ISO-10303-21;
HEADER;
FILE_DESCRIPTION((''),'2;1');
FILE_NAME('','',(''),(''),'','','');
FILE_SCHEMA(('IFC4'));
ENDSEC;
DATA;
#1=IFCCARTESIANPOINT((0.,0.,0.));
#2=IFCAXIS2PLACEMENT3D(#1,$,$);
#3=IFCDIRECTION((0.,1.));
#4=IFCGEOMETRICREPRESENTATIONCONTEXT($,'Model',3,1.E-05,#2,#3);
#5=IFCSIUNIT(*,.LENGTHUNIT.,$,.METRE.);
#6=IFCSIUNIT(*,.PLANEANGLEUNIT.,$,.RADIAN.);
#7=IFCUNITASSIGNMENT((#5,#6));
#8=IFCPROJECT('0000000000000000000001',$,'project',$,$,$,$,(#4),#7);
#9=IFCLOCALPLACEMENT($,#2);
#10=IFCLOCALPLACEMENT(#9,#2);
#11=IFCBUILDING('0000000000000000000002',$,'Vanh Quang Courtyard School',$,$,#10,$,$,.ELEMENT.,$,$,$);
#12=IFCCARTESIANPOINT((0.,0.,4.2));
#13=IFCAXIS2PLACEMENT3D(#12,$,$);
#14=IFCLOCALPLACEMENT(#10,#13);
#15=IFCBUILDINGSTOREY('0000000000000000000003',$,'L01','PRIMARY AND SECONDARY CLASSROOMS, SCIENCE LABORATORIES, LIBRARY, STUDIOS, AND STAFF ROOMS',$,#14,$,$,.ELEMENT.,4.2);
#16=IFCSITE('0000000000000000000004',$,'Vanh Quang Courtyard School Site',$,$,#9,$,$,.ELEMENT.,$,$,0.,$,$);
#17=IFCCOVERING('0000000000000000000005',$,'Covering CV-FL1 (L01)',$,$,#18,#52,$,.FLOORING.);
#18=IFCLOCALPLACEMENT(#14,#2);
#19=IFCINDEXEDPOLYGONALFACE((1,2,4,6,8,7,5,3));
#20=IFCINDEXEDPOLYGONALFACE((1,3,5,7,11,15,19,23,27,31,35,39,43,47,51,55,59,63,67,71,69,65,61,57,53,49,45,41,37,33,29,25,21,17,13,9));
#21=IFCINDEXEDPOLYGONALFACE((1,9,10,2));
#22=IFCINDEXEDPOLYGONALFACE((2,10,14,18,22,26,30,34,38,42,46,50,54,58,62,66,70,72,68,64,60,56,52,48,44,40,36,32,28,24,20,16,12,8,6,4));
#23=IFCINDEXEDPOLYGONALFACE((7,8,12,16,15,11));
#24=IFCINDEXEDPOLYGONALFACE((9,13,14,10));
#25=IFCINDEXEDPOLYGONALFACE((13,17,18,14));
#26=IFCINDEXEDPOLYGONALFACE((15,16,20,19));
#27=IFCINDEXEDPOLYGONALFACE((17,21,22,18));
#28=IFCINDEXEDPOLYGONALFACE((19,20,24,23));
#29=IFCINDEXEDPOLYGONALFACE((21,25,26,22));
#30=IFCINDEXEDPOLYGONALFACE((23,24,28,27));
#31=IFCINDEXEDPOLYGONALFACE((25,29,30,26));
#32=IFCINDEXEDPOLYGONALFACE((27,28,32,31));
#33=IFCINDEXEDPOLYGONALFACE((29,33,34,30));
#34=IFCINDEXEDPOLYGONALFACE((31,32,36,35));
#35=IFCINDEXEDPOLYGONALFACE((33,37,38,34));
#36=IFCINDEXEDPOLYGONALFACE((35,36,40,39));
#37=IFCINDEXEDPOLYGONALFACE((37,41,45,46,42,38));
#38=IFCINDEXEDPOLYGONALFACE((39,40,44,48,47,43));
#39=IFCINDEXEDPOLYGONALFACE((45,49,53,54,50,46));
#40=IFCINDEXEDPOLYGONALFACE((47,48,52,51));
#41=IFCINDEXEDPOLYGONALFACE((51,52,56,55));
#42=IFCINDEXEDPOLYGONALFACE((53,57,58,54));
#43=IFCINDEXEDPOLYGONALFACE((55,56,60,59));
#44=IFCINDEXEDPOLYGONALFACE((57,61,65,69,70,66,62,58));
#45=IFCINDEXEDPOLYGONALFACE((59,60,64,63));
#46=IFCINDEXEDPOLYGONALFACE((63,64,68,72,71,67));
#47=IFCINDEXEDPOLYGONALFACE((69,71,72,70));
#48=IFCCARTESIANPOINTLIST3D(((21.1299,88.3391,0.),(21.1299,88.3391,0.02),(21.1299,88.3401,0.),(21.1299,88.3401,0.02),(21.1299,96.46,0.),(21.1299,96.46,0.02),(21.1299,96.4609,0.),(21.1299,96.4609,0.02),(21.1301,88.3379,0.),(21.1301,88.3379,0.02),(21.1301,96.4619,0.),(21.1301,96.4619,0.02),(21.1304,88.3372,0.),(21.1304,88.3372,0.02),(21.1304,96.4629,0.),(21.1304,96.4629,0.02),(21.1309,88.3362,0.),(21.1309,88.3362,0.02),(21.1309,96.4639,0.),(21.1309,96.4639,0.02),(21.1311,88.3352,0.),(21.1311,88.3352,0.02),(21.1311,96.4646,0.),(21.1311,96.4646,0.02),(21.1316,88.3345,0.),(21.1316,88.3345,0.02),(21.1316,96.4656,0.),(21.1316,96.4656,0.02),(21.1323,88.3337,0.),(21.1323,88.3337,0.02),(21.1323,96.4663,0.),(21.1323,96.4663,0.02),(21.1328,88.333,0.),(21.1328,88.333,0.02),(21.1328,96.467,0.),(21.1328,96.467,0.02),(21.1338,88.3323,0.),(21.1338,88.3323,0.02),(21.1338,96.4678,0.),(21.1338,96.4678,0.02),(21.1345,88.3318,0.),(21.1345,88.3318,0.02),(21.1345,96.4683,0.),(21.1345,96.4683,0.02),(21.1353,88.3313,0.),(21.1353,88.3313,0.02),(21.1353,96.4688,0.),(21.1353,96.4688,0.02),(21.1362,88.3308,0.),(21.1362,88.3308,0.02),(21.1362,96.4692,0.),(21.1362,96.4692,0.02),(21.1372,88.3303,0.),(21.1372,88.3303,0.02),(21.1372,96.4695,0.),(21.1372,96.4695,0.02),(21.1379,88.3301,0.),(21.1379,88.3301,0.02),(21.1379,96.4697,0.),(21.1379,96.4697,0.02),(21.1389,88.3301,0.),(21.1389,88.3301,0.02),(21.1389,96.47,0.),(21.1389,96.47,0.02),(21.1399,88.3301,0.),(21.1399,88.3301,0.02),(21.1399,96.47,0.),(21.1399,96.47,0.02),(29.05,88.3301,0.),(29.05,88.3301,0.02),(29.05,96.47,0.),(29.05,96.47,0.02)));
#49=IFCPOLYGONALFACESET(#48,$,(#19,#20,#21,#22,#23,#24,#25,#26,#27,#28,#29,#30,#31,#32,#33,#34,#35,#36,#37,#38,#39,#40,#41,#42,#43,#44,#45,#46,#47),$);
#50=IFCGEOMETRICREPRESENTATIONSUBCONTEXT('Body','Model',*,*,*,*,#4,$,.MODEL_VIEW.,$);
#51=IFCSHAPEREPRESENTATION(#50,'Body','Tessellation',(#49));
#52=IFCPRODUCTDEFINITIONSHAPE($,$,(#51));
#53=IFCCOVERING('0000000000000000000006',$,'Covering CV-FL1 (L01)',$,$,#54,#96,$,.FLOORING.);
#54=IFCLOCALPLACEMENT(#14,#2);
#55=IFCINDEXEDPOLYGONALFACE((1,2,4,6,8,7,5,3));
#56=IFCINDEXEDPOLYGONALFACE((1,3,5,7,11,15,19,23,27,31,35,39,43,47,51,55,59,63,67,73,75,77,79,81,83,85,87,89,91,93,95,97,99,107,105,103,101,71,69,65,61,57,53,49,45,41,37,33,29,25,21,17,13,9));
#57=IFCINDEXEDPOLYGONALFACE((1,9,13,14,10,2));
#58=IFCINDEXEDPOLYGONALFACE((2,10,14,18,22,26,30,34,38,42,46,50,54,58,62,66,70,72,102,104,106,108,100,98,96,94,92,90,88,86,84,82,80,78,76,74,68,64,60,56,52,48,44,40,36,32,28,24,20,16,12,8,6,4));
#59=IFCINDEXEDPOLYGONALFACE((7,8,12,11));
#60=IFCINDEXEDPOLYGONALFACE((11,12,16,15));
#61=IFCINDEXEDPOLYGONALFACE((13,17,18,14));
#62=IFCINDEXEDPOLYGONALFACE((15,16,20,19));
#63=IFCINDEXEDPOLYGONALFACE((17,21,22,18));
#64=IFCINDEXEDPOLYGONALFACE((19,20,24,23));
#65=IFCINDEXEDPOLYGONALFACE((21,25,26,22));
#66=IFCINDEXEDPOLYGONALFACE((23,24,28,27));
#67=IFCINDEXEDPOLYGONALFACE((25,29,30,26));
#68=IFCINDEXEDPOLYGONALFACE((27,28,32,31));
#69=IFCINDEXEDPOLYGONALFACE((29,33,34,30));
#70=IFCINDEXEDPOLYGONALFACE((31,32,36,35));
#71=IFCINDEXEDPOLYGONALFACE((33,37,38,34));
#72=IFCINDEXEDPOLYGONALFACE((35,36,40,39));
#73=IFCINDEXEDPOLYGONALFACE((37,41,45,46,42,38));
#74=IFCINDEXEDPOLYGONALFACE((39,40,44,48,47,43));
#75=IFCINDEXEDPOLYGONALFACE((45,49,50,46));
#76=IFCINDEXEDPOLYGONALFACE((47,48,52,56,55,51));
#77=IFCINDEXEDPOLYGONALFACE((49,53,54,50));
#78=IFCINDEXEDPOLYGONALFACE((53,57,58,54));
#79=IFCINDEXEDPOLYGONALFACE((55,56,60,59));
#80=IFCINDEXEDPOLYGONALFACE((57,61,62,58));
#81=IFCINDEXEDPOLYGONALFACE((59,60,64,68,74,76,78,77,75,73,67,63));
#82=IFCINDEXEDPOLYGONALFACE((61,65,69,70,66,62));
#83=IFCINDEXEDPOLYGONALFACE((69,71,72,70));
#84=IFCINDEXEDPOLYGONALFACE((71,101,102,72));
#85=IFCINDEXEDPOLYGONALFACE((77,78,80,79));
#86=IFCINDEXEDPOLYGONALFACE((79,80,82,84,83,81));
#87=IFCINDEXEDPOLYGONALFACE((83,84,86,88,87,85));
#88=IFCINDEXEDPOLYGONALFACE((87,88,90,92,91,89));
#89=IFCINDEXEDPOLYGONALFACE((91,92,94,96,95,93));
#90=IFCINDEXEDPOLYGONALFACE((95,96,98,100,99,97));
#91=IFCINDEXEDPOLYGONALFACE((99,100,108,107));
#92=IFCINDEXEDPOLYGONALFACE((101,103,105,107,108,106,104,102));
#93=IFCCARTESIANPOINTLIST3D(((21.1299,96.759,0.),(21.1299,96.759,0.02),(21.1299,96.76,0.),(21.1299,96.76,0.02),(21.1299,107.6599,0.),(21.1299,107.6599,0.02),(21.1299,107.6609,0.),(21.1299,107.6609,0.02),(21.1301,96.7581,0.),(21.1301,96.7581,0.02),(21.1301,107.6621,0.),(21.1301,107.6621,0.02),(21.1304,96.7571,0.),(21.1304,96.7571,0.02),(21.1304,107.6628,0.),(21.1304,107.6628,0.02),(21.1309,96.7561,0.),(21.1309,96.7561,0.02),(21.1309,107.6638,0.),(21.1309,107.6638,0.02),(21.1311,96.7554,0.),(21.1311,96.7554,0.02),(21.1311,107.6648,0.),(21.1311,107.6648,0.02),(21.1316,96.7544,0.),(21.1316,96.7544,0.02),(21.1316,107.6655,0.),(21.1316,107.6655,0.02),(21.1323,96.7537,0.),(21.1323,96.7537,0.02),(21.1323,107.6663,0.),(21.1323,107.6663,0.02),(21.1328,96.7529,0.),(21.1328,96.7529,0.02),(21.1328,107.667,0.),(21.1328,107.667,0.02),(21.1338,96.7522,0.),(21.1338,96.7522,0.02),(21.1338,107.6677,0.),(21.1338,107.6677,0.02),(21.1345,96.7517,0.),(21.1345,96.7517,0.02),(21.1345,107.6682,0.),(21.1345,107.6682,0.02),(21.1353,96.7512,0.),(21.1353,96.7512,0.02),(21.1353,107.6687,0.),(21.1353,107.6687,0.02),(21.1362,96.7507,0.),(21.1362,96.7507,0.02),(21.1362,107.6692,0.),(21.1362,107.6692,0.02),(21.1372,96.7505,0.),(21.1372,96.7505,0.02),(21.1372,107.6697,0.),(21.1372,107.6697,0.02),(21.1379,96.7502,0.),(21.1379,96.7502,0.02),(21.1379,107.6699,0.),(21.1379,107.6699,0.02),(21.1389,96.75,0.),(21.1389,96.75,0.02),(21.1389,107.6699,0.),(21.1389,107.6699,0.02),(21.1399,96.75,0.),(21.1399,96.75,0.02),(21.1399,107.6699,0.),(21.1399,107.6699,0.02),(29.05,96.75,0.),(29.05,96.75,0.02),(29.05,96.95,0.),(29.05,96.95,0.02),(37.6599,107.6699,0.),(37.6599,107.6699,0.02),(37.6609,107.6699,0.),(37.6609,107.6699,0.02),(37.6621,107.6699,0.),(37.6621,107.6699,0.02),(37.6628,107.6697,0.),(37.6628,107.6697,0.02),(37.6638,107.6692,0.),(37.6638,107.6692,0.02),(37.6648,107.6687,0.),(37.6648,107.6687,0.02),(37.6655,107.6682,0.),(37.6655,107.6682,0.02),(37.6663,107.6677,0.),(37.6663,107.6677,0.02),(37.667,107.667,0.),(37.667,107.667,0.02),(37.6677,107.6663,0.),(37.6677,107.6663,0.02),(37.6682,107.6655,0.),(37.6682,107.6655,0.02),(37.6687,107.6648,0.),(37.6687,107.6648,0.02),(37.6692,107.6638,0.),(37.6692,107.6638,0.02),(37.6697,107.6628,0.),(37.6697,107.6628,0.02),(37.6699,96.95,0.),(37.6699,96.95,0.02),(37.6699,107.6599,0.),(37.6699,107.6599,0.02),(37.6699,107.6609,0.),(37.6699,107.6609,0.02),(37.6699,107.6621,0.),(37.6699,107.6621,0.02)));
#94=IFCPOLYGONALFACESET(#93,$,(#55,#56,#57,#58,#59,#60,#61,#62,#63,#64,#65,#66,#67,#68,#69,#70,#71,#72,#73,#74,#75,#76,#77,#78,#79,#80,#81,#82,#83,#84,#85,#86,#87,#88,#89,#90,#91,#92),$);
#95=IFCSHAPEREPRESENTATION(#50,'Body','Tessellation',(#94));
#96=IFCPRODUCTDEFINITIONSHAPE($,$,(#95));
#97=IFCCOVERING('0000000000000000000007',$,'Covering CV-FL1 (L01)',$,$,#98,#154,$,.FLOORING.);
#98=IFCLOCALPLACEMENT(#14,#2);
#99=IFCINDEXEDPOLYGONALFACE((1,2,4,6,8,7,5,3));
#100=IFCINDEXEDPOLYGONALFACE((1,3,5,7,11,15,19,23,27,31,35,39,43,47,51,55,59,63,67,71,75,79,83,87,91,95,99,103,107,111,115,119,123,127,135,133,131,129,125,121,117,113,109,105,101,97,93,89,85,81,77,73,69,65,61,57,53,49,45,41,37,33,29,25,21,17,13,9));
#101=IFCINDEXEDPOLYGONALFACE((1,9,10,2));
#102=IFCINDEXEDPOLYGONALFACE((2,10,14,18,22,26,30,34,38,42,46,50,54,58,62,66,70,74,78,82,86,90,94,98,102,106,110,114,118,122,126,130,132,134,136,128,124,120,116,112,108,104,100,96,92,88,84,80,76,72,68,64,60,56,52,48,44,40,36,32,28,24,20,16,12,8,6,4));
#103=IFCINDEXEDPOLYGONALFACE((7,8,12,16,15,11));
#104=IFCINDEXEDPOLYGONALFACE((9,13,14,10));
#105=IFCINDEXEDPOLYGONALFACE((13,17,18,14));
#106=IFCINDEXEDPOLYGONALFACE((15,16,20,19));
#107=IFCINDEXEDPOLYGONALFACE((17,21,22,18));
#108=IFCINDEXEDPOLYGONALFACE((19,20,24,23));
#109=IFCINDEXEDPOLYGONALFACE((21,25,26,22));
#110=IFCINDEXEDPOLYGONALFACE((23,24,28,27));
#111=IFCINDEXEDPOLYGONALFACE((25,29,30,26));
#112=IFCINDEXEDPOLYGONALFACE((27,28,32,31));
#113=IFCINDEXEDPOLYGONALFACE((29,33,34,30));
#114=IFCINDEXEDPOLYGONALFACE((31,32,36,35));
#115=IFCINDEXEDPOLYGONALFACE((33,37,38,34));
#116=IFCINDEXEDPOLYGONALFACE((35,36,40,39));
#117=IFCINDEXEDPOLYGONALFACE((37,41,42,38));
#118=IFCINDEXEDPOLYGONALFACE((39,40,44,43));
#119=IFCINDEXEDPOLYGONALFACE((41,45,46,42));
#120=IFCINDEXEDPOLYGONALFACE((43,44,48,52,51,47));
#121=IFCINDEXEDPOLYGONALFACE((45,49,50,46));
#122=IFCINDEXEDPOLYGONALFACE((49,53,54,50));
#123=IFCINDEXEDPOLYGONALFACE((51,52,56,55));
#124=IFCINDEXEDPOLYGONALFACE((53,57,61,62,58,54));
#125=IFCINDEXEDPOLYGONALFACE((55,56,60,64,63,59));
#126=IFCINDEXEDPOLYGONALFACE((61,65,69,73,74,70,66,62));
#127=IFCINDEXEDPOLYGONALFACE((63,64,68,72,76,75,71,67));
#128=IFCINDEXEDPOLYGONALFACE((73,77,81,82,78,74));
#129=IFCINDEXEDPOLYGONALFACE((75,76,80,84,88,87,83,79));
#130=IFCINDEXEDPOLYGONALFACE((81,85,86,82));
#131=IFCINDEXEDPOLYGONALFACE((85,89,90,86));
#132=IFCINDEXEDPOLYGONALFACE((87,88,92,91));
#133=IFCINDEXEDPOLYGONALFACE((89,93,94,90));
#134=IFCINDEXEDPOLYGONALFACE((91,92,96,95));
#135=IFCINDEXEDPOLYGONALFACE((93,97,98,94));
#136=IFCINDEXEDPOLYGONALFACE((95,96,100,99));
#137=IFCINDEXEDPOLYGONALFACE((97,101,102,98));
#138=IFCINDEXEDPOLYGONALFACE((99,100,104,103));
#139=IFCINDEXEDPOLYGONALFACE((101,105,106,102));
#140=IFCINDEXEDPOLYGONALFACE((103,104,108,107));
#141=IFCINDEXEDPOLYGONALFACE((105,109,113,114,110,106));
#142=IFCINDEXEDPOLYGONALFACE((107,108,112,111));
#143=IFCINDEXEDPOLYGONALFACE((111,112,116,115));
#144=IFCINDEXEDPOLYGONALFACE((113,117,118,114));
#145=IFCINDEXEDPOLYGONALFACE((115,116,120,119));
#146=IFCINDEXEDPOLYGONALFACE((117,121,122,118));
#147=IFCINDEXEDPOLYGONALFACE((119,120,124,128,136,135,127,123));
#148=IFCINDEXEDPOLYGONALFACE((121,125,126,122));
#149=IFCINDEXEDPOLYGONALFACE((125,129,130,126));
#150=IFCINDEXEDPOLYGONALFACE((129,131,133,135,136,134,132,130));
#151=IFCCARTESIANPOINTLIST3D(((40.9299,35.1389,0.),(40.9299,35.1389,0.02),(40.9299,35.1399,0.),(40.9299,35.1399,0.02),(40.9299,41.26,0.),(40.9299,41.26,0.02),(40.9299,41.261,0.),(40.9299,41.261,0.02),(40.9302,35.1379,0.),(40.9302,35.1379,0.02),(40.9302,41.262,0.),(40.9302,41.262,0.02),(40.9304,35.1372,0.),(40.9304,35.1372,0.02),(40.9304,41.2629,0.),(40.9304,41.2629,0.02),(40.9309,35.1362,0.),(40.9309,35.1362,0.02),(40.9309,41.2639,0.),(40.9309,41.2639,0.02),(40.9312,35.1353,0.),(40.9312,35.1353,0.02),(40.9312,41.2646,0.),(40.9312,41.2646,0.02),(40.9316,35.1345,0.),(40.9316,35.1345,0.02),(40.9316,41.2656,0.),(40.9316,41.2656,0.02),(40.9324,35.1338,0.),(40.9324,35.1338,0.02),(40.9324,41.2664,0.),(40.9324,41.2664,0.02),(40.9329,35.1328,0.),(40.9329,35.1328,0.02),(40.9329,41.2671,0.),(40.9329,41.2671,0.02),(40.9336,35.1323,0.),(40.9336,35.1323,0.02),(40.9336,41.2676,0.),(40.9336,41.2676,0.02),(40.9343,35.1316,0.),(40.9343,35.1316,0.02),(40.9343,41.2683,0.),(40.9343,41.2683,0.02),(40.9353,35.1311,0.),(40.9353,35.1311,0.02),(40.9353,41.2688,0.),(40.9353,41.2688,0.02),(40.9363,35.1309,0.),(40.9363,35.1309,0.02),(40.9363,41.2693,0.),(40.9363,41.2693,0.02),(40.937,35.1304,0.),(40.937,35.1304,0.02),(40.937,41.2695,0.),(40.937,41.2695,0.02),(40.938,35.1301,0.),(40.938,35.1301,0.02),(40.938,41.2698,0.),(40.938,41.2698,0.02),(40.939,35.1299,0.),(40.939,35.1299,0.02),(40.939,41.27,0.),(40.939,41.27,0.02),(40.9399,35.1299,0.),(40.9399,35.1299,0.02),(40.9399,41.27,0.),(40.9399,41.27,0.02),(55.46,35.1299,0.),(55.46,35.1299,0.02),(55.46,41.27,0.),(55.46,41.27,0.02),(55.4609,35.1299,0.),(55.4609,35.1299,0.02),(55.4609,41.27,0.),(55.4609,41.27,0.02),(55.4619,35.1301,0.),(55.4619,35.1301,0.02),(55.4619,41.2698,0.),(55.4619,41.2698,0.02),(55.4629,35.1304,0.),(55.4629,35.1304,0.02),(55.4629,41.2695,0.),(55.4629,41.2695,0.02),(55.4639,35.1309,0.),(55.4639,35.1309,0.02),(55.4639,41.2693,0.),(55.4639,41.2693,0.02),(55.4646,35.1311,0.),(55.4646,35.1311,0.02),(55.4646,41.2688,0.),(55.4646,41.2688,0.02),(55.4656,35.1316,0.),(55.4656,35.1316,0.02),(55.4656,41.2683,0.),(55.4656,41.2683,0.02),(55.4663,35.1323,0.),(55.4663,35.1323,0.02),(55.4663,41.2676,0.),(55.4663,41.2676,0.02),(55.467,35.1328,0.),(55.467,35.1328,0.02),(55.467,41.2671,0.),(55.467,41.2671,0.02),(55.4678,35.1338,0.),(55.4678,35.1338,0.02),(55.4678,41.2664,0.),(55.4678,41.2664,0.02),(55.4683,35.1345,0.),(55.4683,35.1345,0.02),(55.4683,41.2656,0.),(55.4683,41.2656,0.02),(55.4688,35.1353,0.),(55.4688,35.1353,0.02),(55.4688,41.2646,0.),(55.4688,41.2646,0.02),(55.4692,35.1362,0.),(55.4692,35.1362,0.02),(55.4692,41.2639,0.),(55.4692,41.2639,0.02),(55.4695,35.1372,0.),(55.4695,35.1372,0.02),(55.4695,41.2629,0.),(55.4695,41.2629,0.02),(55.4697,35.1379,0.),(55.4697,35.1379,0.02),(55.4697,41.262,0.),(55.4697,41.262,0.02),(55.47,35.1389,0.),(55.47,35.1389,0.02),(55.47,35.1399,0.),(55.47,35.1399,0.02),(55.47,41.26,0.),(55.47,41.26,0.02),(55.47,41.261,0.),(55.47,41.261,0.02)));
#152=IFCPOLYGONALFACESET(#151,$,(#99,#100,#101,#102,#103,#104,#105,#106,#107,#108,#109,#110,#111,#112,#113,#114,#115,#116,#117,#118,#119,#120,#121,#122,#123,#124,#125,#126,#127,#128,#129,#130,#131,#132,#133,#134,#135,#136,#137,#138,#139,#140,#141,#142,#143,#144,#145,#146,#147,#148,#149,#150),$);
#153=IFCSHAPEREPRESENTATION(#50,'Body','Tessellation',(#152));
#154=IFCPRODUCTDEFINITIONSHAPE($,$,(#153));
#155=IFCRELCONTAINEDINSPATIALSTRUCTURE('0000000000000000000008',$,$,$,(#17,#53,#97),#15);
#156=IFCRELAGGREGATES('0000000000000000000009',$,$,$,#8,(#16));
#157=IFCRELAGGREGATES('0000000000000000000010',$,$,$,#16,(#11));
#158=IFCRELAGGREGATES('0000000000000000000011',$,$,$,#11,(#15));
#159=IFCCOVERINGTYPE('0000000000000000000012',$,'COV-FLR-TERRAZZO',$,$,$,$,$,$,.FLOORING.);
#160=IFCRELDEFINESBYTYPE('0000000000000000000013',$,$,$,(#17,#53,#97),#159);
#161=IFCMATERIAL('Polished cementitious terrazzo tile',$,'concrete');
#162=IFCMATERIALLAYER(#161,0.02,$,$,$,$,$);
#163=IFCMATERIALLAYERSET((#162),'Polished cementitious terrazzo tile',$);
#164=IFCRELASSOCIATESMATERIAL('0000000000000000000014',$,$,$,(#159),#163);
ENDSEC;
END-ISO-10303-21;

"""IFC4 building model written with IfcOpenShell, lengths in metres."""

from ifc_helpers import new_model, si_unit, direction, frame, origin, place, context, subcontext, project, spatial, polyline, outline, extrude, material, layer, layer_set, type_object, element, save


model = new_model("IFC4")

# Units and contexts
model_context = context("Model", 3, precision=1e-05, world=origin(), true_north=direction((0.0, 1.0)))
body_context = subcontext(model_context, "Body", "Model", "MODEL_VIEW")
ifc_project = project(units=[si_unit("LENGTHUNIT", "METRE"), si_unit("PLANEANGLEUNIT", "RADIAN")], contexts=[model_context])

# Site, building, storey
site_placement = place(None, origin())
site = spatial("IfcSite", under=ifc_project, at=site_placement, Name="Vanh Quang Courtyard School Site", CompositionType="ELEMENT", RefElevation=0.0)
building_placement = place(site_placement, origin())
building = spatial("IfcBuilding", under=site, at=building_placement, Name="Vanh Quang Courtyard School", CompositionType="ELEMENT")
storey_placement = place(building_placement, frame((0.0, 0.0, 4.2)))
storey = spatial("IfcBuildingStorey", under=building, at=storey_placement, Name="L01", Description="PRIMARY AND SECONDARY CLASSROOMS, SCIENCE LABORATORIES, LIBRARY, STUDIOS, AND STAFF ROOMS", CompositionType="ELEMENT", Elevation=4.2)

# Coverings
ifc_material_1 = material(Name="Polished cementitious terrazzo tile", Category="concrete")
ifc_layer_1 = layer(ifc_material_1, 0.02)
ifc_layer_set_1 = layer_set([ifc_layer_1], Name="Polished cementitious terrazzo tile")
covering_type_1 = type_object("IfcCoveringType", Name="COV-FLR-TERRAZZO", PredefinedType="FLOORING", material=ifc_layer_set_1)
covering_1_placement = place(storey_placement, origin())
element("IfcCovering", 1, at=covering_1_placement, inside=storey, type_object=covering_type_1, Name="Covering CV-FL1 (L01)", PredefinedType="FLOORING", context=body_context, shape_type="SweptSolid", body=[
    extrude(outline(polyline([(21.1299, 96.46), (21.1299, 96.4609), (21.1301, 96.4619), (21.1304, 96.4629), (21.1309, 96.4639), (21.1311, 96.4646), (21.1316, 96.4656), (21.1323, 96.4663), (21.1328, 96.467), (21.1338, 96.4678), (21.1345, 96.4683), (21.1353, 96.4688), (21.1362, 96.4692), (21.1372, 96.4695), (21.1379, 96.4697), (21.1389, 96.47), (21.1399, 96.47), (29.05, 96.47), (29.05, 88.3301), (21.1399, 88.3301), (21.1389, 88.3301), (21.1379, 88.3301), (21.1372, 88.3303), (21.1362, 88.3308), (21.1353, 88.3313), (21.1345, 88.3318), (21.1338, 88.3323), (21.1328, 88.333), (21.1323, 88.3337), (21.1316, 88.3345), (21.1311, 88.3352), (21.1309, 88.3362), (21.1304, 88.3372), (21.1301, 88.3379), (21.1299, 88.3391), (21.1299, 88.3401), (21.1299, 96.46)])), origin(), (0.0, 0.0, 1.0), 0.02),
])
covering_2_placement = place(storey_placement, origin())
element("IfcCovering", 2, at=covering_2_placement, inside=storey, type_object=covering_type_1, Name="Covering CV-FL1 (L01)", PredefinedType="FLOORING", context=body_context, shape_type="SweptSolid", body=[
    extrude(outline(polyline([(21.1399, 96.75), (21.1389, 96.75), (21.1379, 96.7502), (21.1372, 96.7505), (21.1362, 96.7507), (21.1353, 96.7512), (21.1345, 96.7517), (21.1338, 96.7522), (21.1328, 96.7529), (21.1323, 96.7537), (21.1316, 96.7544), (21.1311, 96.7554), (21.1309, 96.7561), (21.1304, 96.7571), (21.1301, 96.7581), (21.1299, 96.759), (21.1299, 96.76), (21.1299, 107.6599), (21.1299, 107.6609), (21.1301, 107.6621), (21.1304, 107.6628), (21.1309, 107.6638), (21.1311, 107.6648), (21.1316, 107.6655), (21.1323, 107.6663), (21.1328, 107.667), (21.1338, 107.6677), (21.1345, 107.6682), (21.1353, 107.6687), (21.1362, 107.6692), (21.1372, 107.6697), (21.1379, 107.6699), (21.1389, 107.6699), (21.1399, 107.6699), (37.6599, 107.6699), (37.6609, 107.6699), (37.6621, 107.6699), (37.6628, 107.6697), (37.6638, 107.6692), (37.6648, 107.6687), (37.6655, 107.6682), (37.6663, 107.6677), (37.667, 107.667), (37.6677, 107.6663), (37.6682, 107.6655), (37.6687, 107.6648), (37.6692, 107.6638), (37.6697, 107.6628), (37.6699, 107.6621), (37.6699, 107.6609), (37.6699, 107.6599), (37.6699, 96.95), (29.05, 96.95), (29.05, 96.75), (21.1399, 96.75)])), origin(), (0.0, 0.0, 1.0), 0.02),
])
covering_3_placement = place(storey_placement, origin())
element("IfcCovering", 3, at=covering_3_placement, inside=storey, type_object=covering_type_1, Name="Covering CV-FL1 (L01)", PredefinedType="FLOORING", context=body_context, shape_type="SweptSolid", body=[
    extrude(outline(polyline([(55.47, 35.1399), (55.47, 35.1389), (55.4697, 35.1379), (55.4695, 35.1372), (55.4692, 35.1362), (55.4688, 35.1353), (55.4683, 35.1345), (55.4678, 35.1338), (55.467, 35.1328), (55.4663, 35.1323), (55.4656, 35.1316), (55.4646, 35.1311), (55.4639, 35.1309), (55.4629, 35.1304), (55.4619, 35.1301), (55.4609, 35.1299), (55.46, 35.1299), (40.9399, 35.1299), (40.939, 35.1299), (40.938, 35.1301), (40.937, 35.1304), (40.9363, 35.1309), (40.9353, 35.1311), (40.9343, 35.1316), (40.9336, 35.1323), (40.9329, 35.1328), (40.9324, 35.1338), (40.9316, 35.1345), (40.9312, 35.1353), (40.9309, 35.1362), (40.9304, 35.1372), (40.9302, 35.1379), (40.9299, 35.1389), (40.9299, 35.1399), (40.9299, 41.26), (40.9299, 41.261), (40.9302, 41.262), (40.9304, 41.2629), (40.9309, 41.2639), (40.9312, 41.2646), (40.9316, 41.2656), (40.9324, 41.2664), (40.9329, 41.2671), (40.9336, 41.2676), (40.9343, 41.2683), (40.9353, 41.2688), (40.9363, 41.2693), (40.937, 41.2695), (40.938, 41.2698), (40.939, 41.27), (40.9399, 41.27), (55.46, 41.27), (55.4609, 41.27), (55.4619, 41.2698), (55.4629, 41.2695), (55.4639, 41.2693), (55.4646, 41.2688), (55.4656, 41.2683), (55.4663, 41.2676), (55.467, 41.2671), (55.4678, 41.2664), (55.4683, 41.2656), (55.4688, 41.2646), (55.4692, 41.2639), (55.4695, 41.2629), (55.4697, 41.262), (55.47, 41.261), (55.47, 41.26), (55.47, 35.1399)])), origin(), (0.0, 0.0, 1.0), 0.02),
])

save(model, "model.ifc")
